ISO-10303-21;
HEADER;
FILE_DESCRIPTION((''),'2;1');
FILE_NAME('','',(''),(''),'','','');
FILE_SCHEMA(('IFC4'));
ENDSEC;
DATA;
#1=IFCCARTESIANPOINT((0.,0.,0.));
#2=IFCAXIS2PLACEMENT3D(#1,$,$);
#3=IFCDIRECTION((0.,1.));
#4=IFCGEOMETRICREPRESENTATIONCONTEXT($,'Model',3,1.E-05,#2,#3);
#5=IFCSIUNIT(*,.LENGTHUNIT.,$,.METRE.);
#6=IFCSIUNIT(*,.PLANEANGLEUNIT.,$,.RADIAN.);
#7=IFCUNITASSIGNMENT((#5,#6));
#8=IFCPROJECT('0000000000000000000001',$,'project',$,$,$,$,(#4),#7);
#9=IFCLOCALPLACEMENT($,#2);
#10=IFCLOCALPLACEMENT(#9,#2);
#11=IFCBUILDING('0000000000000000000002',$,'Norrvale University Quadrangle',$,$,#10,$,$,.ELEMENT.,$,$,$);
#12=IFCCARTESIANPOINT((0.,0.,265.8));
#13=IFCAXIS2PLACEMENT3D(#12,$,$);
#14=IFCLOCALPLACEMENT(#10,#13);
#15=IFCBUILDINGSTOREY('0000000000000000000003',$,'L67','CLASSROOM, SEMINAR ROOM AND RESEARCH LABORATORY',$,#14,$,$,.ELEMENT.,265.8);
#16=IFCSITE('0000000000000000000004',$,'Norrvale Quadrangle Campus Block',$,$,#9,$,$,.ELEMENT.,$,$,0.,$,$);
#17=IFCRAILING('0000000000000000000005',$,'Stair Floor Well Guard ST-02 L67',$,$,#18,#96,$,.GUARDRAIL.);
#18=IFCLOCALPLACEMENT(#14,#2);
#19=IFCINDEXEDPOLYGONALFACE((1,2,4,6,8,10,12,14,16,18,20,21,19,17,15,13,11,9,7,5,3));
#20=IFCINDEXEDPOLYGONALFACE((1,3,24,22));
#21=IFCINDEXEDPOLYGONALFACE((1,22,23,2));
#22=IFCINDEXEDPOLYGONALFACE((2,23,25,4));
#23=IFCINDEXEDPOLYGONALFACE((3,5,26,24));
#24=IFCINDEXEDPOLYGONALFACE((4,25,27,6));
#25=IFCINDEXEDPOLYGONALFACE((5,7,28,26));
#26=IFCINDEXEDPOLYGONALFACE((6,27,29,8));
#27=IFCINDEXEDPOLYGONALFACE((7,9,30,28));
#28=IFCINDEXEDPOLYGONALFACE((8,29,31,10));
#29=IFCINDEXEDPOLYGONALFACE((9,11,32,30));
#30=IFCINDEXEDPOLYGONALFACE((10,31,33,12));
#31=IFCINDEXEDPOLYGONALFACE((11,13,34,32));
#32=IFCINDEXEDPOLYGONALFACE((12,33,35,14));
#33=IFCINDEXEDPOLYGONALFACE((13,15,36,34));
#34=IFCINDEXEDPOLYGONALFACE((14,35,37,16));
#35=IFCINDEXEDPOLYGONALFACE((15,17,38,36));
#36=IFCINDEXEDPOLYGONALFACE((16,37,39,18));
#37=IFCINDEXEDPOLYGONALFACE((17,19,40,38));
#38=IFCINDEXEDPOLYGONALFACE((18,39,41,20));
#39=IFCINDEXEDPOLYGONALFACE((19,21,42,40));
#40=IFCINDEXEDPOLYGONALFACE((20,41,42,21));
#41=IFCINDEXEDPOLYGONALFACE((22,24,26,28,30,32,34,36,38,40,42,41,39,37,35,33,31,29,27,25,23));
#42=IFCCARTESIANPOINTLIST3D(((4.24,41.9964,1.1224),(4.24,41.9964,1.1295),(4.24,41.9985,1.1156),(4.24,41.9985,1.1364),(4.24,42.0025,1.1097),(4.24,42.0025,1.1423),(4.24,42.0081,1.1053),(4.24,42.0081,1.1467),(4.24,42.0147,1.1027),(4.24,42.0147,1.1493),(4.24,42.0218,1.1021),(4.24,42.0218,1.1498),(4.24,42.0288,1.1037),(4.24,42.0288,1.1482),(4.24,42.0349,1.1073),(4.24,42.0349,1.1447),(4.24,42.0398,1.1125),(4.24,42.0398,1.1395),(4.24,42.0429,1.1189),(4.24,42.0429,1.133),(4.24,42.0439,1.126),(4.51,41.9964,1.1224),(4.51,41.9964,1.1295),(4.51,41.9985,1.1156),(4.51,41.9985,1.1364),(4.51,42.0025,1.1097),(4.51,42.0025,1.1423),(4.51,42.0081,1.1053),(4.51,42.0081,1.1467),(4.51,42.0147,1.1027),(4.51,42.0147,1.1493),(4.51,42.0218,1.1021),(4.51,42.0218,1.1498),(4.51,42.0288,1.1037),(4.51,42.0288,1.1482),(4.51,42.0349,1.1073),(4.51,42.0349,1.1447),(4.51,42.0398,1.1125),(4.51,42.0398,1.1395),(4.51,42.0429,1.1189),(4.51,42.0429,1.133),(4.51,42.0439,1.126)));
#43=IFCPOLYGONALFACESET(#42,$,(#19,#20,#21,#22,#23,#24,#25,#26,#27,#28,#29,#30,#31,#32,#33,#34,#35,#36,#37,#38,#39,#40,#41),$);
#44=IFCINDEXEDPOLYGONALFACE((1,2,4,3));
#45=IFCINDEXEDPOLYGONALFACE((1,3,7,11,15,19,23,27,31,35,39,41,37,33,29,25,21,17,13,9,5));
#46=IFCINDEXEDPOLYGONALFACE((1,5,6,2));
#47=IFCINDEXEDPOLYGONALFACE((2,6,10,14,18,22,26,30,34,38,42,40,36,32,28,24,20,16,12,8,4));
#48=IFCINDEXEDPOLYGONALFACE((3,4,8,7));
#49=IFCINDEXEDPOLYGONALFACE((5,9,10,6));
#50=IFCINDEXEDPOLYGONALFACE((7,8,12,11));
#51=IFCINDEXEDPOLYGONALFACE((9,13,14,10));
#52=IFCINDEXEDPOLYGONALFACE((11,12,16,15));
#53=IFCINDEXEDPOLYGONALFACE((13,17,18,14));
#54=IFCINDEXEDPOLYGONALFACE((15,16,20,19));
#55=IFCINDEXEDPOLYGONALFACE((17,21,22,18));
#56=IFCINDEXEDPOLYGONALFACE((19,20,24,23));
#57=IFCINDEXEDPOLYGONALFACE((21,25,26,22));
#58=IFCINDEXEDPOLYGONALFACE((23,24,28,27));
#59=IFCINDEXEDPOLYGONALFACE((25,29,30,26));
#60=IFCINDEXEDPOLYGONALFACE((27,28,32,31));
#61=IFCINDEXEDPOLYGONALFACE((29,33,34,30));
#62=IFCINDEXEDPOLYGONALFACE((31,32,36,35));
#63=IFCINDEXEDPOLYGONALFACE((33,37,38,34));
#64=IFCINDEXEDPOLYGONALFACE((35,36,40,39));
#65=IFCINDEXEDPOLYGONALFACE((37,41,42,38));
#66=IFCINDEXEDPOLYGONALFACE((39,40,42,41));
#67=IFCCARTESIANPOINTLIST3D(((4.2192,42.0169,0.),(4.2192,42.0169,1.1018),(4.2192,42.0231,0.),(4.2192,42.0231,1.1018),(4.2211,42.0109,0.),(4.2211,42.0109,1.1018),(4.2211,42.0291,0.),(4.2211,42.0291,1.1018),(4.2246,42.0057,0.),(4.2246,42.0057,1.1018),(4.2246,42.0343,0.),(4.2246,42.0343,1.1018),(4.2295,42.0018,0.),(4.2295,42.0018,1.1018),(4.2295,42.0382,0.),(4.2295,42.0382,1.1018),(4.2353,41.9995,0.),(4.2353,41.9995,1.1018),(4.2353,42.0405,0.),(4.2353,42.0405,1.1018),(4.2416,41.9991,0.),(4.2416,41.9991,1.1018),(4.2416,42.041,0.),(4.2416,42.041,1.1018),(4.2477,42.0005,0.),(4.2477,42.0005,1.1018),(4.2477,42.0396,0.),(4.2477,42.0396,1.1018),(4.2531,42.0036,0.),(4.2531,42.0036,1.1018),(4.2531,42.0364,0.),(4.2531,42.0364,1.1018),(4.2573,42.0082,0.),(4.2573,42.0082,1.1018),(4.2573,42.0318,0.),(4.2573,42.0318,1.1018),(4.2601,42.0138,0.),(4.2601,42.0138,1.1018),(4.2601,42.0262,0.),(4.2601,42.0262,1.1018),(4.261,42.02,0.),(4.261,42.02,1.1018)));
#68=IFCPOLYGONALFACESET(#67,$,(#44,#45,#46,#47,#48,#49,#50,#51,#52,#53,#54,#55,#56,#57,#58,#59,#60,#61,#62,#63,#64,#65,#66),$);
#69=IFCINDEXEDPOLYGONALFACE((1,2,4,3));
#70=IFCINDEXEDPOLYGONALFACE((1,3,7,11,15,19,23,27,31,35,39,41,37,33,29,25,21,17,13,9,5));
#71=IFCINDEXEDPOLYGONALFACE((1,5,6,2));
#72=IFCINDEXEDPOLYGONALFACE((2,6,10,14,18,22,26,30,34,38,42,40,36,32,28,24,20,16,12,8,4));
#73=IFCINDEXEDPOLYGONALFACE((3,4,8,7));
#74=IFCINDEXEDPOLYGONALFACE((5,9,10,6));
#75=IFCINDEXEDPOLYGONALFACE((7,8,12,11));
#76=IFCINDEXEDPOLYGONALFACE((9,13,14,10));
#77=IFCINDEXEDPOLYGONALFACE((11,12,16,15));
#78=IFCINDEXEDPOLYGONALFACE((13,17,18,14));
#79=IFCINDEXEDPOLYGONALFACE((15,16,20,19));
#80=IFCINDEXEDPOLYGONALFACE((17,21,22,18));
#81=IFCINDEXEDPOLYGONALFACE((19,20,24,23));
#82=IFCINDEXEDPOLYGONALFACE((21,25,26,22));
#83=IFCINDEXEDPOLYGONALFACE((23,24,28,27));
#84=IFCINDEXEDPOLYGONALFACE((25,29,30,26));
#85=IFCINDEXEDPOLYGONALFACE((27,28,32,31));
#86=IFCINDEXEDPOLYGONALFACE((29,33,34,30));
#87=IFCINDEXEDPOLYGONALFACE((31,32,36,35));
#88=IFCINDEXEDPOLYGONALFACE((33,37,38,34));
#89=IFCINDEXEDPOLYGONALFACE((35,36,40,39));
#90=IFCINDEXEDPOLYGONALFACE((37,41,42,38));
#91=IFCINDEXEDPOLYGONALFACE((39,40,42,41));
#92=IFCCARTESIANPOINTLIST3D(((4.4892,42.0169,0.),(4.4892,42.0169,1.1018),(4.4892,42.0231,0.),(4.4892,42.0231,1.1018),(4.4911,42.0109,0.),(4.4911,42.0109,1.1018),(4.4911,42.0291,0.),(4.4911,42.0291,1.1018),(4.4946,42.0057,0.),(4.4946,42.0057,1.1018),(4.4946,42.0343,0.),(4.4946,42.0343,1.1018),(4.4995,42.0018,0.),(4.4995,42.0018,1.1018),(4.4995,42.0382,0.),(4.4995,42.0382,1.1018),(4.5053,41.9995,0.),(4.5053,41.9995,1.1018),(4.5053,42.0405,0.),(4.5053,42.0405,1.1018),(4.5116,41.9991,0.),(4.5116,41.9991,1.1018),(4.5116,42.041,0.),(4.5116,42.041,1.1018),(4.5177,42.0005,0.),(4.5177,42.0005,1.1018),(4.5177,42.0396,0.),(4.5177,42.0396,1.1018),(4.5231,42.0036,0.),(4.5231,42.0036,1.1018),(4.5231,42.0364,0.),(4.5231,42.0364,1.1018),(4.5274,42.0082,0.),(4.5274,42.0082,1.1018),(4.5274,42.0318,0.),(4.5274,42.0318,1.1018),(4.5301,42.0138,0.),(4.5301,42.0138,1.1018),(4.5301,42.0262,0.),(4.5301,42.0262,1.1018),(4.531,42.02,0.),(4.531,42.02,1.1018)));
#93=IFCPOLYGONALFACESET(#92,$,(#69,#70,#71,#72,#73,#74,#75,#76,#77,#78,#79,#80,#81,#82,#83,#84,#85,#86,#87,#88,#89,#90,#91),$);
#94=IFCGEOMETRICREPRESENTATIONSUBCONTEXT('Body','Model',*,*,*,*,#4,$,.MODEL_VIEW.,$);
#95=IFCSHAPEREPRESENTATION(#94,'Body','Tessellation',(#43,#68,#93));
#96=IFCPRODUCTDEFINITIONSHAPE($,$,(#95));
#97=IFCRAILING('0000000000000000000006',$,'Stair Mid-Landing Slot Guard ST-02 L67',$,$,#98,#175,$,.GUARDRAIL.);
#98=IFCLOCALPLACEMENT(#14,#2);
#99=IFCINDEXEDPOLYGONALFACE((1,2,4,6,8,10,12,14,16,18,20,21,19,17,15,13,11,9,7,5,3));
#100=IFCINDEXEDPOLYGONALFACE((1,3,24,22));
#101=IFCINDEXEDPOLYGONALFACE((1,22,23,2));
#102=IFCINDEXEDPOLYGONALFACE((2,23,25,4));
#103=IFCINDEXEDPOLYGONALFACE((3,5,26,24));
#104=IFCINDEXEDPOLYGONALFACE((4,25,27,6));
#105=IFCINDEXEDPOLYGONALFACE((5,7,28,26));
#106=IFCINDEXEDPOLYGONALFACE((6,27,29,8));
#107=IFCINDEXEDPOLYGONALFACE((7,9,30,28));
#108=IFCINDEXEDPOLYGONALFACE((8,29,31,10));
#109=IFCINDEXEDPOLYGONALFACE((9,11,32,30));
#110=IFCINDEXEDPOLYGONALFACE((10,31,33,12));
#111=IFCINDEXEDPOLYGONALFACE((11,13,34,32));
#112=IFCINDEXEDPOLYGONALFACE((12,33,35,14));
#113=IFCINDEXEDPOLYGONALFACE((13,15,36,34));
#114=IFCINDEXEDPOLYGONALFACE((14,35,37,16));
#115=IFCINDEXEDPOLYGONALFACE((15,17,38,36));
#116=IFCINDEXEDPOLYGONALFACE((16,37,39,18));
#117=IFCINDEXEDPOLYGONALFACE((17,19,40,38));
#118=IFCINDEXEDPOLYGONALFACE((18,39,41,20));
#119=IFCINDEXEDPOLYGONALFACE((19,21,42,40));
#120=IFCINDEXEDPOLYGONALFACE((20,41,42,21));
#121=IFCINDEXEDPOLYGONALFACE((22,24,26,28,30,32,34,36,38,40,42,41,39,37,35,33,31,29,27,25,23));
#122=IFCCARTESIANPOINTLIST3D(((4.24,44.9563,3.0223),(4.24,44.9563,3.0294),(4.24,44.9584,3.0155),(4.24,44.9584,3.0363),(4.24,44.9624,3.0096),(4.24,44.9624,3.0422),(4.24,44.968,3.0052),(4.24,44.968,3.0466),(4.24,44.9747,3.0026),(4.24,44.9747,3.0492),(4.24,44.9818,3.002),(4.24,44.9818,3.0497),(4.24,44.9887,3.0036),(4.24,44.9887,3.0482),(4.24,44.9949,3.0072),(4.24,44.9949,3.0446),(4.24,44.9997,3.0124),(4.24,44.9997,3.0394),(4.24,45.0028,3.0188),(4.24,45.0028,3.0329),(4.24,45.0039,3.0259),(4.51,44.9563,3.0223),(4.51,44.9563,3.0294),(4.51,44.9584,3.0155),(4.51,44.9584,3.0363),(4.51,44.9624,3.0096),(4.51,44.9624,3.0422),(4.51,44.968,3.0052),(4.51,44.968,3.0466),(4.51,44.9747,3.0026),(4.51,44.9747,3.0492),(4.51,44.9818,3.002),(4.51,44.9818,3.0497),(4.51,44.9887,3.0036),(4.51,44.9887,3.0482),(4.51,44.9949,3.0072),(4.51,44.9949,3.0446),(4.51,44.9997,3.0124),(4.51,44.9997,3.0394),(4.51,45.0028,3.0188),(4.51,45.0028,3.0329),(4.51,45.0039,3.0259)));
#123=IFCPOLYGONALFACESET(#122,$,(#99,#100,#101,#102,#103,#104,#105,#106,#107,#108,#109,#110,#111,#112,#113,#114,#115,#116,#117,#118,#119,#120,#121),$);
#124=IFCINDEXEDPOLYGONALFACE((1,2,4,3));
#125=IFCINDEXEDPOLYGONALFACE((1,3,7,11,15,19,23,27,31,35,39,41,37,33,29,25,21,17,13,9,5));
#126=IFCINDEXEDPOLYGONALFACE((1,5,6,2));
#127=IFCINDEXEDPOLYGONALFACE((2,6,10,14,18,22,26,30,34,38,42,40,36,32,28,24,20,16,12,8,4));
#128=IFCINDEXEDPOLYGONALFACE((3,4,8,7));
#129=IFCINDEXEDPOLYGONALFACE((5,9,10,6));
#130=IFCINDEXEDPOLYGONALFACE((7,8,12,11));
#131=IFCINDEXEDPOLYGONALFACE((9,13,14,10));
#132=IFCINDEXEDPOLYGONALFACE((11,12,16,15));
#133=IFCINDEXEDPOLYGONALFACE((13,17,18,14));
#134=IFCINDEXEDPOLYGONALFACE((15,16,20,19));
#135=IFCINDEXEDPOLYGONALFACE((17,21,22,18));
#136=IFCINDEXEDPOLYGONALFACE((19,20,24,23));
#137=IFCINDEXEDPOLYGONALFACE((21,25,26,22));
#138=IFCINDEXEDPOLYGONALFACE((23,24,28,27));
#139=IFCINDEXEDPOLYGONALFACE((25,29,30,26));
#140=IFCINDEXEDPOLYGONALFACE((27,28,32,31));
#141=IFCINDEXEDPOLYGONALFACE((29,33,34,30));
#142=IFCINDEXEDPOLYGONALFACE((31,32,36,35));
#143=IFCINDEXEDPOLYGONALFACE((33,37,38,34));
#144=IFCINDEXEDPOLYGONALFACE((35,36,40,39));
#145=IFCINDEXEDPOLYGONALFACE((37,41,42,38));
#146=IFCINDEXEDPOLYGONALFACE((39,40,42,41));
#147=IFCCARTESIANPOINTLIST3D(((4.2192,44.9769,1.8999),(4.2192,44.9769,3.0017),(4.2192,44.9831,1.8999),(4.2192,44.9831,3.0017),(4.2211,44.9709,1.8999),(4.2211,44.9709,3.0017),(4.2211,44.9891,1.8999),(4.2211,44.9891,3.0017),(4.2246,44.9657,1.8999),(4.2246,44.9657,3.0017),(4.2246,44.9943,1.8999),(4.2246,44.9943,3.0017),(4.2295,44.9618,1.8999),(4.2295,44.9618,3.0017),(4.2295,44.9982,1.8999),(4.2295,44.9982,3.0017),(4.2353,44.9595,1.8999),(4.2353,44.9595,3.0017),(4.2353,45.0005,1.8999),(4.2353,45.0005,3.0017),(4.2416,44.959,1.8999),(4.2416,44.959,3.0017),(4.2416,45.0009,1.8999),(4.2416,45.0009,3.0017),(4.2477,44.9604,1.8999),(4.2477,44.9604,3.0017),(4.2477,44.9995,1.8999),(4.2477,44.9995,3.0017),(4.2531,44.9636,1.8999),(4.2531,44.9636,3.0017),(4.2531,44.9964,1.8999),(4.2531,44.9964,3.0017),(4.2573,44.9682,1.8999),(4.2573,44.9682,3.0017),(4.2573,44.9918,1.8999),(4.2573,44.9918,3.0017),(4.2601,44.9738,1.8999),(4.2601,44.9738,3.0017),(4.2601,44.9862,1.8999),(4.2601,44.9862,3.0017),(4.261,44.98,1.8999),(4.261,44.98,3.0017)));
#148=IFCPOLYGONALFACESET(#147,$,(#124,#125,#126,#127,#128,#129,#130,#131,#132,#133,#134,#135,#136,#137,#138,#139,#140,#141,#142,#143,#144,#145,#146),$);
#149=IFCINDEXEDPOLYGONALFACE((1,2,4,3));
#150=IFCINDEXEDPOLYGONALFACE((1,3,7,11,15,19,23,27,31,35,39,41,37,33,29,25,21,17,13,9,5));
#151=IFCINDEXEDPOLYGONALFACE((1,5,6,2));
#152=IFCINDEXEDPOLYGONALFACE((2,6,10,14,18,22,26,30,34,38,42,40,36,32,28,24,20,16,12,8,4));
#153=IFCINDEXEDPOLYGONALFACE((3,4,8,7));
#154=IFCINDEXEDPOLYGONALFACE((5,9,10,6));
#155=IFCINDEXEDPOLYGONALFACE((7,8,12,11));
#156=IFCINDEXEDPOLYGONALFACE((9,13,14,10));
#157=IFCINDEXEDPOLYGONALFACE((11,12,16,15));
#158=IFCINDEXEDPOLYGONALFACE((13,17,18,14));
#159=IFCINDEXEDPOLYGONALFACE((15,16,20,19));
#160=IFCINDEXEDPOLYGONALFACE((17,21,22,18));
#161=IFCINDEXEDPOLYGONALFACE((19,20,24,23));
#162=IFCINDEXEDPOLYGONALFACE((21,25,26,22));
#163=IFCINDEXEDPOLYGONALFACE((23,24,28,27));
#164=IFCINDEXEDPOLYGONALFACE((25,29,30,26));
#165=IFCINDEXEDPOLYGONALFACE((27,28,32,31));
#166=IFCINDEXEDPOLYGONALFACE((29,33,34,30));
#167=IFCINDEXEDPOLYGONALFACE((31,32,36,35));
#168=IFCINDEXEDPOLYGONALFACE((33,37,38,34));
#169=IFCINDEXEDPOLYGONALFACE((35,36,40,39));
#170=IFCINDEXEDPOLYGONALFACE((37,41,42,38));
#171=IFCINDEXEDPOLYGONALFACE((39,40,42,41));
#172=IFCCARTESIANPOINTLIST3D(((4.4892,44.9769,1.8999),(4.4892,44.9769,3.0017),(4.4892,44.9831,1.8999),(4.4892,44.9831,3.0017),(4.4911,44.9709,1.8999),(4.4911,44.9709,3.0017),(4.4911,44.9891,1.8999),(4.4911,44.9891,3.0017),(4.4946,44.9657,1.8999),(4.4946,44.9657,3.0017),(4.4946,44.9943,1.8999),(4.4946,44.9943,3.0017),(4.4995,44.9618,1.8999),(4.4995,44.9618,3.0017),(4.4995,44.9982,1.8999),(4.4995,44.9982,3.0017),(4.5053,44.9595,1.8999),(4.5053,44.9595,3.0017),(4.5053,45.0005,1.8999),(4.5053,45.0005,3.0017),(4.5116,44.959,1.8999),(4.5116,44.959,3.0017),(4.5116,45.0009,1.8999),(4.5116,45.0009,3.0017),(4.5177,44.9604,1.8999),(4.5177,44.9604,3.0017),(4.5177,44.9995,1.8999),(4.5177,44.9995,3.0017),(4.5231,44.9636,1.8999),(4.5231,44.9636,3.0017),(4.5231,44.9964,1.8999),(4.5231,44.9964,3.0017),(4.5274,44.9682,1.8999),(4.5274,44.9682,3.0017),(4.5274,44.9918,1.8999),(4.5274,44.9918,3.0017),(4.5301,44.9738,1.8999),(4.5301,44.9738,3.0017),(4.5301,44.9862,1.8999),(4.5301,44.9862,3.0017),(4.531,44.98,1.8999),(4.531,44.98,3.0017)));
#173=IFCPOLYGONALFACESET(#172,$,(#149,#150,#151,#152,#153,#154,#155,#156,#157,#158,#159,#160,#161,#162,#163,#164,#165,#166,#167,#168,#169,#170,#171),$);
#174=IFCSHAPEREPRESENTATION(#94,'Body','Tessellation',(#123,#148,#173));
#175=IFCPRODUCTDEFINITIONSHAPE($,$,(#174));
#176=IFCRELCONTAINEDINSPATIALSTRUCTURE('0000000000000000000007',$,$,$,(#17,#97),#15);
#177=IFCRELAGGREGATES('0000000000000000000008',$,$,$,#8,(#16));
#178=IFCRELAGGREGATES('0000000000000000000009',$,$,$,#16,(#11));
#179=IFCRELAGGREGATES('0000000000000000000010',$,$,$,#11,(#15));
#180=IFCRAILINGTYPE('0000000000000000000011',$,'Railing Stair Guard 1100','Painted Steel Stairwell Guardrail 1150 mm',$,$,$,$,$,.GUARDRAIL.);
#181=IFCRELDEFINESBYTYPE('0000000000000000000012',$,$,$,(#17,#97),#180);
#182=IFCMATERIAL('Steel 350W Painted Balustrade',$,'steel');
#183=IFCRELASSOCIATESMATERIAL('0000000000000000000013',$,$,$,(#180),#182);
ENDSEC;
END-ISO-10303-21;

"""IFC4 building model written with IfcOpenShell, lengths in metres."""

from ifc_helpers import new_model, si_unit, direction, frame, origin, origin_2d, place, context, subcontext, project, spatial, circle, extrude, material, type_object, element, save


model = new_model("IFC4")

# Units and contexts
model_context = context("Model", 3, precision=1e-05, world=origin(), true_north=direction((0.0, 1.0)))
body_context = subcontext(model_context, "Body", "Model", "MODEL_VIEW")
ifc_project = project(units=[si_unit("LENGTHUNIT", "METRE"), si_unit("PLANEANGLEUNIT", "RADIAN")], contexts=[model_context])

# Site, building, storey
site_placement = place(None, origin())
site = spatial("IfcSite", under=ifc_project, at=site_placement, Name="Norrvale Quadrangle Campus Block", CompositionType="ELEMENT", RefElevation=0.0)
building_placement = place(site_placement, origin())
building = spatial("IfcBuilding", under=site, at=building_placement, Name="Norrvale University Quadrangle", CompositionType="ELEMENT")
storey_placement = place(building_placement, frame((0.0, 0.0, 265.8)))
storey = spatial("IfcBuildingStorey", under=building, at=storey_placement, Name="L67", Description="CLASSROOM, SEMINAR ROOM AND RESEARCH LABORATORY", CompositionType="ELEMENT", Elevation=265.8)

# Railings
ifc_material_1 = material(Name="Steel 350W Painted Balustrade", Category="steel")
railing_type_1 = type_object("IfcRailingType", Name="Railing Stair Guard 1100", Description="Painted Steel Stairwell Guardrail 1150 mm", PredefinedType="GUARDRAIL", material=ifc_material_1)
for number, where, name in (
    (1, (4.24, 42.02, 0.0), "Stair Floor Well Guard ST-02 L67"),
    (2, (4.24, 44.98, 1.8999), "Stair Mid-Landing Slot Guard ST-02 L67"),
):
    element("IfcRailing", number, at=place(storey_placement, frame(where)), inside=storey, type_object=railing_type_1, Name=name, PredefinedType="GUARDRAIL", context=body_context, shape_type="SweptSolid", body=[
        extrude(circle(Radius=0.0239, at=origin_2d()), frame((0.0, 0.0, 1.126), z_axis=(1.0, 0.0, 0.0), x_axis=(0.0, 1.0, 0.0)), (0.0, 0.0, 1.0), 0.27),
        extrude(circle(Radius=0.021, at=origin_2d()), origin(), (0.0, 0.0, 1.0), 1.1018),
        extrude(circle(Radius=0.021, at=origin_2d()), frame((0.27, 0.0, 0.0)), (0.0, 0.0, 1.0), 1.1018),
    ])

save(model, "model.ifc")
